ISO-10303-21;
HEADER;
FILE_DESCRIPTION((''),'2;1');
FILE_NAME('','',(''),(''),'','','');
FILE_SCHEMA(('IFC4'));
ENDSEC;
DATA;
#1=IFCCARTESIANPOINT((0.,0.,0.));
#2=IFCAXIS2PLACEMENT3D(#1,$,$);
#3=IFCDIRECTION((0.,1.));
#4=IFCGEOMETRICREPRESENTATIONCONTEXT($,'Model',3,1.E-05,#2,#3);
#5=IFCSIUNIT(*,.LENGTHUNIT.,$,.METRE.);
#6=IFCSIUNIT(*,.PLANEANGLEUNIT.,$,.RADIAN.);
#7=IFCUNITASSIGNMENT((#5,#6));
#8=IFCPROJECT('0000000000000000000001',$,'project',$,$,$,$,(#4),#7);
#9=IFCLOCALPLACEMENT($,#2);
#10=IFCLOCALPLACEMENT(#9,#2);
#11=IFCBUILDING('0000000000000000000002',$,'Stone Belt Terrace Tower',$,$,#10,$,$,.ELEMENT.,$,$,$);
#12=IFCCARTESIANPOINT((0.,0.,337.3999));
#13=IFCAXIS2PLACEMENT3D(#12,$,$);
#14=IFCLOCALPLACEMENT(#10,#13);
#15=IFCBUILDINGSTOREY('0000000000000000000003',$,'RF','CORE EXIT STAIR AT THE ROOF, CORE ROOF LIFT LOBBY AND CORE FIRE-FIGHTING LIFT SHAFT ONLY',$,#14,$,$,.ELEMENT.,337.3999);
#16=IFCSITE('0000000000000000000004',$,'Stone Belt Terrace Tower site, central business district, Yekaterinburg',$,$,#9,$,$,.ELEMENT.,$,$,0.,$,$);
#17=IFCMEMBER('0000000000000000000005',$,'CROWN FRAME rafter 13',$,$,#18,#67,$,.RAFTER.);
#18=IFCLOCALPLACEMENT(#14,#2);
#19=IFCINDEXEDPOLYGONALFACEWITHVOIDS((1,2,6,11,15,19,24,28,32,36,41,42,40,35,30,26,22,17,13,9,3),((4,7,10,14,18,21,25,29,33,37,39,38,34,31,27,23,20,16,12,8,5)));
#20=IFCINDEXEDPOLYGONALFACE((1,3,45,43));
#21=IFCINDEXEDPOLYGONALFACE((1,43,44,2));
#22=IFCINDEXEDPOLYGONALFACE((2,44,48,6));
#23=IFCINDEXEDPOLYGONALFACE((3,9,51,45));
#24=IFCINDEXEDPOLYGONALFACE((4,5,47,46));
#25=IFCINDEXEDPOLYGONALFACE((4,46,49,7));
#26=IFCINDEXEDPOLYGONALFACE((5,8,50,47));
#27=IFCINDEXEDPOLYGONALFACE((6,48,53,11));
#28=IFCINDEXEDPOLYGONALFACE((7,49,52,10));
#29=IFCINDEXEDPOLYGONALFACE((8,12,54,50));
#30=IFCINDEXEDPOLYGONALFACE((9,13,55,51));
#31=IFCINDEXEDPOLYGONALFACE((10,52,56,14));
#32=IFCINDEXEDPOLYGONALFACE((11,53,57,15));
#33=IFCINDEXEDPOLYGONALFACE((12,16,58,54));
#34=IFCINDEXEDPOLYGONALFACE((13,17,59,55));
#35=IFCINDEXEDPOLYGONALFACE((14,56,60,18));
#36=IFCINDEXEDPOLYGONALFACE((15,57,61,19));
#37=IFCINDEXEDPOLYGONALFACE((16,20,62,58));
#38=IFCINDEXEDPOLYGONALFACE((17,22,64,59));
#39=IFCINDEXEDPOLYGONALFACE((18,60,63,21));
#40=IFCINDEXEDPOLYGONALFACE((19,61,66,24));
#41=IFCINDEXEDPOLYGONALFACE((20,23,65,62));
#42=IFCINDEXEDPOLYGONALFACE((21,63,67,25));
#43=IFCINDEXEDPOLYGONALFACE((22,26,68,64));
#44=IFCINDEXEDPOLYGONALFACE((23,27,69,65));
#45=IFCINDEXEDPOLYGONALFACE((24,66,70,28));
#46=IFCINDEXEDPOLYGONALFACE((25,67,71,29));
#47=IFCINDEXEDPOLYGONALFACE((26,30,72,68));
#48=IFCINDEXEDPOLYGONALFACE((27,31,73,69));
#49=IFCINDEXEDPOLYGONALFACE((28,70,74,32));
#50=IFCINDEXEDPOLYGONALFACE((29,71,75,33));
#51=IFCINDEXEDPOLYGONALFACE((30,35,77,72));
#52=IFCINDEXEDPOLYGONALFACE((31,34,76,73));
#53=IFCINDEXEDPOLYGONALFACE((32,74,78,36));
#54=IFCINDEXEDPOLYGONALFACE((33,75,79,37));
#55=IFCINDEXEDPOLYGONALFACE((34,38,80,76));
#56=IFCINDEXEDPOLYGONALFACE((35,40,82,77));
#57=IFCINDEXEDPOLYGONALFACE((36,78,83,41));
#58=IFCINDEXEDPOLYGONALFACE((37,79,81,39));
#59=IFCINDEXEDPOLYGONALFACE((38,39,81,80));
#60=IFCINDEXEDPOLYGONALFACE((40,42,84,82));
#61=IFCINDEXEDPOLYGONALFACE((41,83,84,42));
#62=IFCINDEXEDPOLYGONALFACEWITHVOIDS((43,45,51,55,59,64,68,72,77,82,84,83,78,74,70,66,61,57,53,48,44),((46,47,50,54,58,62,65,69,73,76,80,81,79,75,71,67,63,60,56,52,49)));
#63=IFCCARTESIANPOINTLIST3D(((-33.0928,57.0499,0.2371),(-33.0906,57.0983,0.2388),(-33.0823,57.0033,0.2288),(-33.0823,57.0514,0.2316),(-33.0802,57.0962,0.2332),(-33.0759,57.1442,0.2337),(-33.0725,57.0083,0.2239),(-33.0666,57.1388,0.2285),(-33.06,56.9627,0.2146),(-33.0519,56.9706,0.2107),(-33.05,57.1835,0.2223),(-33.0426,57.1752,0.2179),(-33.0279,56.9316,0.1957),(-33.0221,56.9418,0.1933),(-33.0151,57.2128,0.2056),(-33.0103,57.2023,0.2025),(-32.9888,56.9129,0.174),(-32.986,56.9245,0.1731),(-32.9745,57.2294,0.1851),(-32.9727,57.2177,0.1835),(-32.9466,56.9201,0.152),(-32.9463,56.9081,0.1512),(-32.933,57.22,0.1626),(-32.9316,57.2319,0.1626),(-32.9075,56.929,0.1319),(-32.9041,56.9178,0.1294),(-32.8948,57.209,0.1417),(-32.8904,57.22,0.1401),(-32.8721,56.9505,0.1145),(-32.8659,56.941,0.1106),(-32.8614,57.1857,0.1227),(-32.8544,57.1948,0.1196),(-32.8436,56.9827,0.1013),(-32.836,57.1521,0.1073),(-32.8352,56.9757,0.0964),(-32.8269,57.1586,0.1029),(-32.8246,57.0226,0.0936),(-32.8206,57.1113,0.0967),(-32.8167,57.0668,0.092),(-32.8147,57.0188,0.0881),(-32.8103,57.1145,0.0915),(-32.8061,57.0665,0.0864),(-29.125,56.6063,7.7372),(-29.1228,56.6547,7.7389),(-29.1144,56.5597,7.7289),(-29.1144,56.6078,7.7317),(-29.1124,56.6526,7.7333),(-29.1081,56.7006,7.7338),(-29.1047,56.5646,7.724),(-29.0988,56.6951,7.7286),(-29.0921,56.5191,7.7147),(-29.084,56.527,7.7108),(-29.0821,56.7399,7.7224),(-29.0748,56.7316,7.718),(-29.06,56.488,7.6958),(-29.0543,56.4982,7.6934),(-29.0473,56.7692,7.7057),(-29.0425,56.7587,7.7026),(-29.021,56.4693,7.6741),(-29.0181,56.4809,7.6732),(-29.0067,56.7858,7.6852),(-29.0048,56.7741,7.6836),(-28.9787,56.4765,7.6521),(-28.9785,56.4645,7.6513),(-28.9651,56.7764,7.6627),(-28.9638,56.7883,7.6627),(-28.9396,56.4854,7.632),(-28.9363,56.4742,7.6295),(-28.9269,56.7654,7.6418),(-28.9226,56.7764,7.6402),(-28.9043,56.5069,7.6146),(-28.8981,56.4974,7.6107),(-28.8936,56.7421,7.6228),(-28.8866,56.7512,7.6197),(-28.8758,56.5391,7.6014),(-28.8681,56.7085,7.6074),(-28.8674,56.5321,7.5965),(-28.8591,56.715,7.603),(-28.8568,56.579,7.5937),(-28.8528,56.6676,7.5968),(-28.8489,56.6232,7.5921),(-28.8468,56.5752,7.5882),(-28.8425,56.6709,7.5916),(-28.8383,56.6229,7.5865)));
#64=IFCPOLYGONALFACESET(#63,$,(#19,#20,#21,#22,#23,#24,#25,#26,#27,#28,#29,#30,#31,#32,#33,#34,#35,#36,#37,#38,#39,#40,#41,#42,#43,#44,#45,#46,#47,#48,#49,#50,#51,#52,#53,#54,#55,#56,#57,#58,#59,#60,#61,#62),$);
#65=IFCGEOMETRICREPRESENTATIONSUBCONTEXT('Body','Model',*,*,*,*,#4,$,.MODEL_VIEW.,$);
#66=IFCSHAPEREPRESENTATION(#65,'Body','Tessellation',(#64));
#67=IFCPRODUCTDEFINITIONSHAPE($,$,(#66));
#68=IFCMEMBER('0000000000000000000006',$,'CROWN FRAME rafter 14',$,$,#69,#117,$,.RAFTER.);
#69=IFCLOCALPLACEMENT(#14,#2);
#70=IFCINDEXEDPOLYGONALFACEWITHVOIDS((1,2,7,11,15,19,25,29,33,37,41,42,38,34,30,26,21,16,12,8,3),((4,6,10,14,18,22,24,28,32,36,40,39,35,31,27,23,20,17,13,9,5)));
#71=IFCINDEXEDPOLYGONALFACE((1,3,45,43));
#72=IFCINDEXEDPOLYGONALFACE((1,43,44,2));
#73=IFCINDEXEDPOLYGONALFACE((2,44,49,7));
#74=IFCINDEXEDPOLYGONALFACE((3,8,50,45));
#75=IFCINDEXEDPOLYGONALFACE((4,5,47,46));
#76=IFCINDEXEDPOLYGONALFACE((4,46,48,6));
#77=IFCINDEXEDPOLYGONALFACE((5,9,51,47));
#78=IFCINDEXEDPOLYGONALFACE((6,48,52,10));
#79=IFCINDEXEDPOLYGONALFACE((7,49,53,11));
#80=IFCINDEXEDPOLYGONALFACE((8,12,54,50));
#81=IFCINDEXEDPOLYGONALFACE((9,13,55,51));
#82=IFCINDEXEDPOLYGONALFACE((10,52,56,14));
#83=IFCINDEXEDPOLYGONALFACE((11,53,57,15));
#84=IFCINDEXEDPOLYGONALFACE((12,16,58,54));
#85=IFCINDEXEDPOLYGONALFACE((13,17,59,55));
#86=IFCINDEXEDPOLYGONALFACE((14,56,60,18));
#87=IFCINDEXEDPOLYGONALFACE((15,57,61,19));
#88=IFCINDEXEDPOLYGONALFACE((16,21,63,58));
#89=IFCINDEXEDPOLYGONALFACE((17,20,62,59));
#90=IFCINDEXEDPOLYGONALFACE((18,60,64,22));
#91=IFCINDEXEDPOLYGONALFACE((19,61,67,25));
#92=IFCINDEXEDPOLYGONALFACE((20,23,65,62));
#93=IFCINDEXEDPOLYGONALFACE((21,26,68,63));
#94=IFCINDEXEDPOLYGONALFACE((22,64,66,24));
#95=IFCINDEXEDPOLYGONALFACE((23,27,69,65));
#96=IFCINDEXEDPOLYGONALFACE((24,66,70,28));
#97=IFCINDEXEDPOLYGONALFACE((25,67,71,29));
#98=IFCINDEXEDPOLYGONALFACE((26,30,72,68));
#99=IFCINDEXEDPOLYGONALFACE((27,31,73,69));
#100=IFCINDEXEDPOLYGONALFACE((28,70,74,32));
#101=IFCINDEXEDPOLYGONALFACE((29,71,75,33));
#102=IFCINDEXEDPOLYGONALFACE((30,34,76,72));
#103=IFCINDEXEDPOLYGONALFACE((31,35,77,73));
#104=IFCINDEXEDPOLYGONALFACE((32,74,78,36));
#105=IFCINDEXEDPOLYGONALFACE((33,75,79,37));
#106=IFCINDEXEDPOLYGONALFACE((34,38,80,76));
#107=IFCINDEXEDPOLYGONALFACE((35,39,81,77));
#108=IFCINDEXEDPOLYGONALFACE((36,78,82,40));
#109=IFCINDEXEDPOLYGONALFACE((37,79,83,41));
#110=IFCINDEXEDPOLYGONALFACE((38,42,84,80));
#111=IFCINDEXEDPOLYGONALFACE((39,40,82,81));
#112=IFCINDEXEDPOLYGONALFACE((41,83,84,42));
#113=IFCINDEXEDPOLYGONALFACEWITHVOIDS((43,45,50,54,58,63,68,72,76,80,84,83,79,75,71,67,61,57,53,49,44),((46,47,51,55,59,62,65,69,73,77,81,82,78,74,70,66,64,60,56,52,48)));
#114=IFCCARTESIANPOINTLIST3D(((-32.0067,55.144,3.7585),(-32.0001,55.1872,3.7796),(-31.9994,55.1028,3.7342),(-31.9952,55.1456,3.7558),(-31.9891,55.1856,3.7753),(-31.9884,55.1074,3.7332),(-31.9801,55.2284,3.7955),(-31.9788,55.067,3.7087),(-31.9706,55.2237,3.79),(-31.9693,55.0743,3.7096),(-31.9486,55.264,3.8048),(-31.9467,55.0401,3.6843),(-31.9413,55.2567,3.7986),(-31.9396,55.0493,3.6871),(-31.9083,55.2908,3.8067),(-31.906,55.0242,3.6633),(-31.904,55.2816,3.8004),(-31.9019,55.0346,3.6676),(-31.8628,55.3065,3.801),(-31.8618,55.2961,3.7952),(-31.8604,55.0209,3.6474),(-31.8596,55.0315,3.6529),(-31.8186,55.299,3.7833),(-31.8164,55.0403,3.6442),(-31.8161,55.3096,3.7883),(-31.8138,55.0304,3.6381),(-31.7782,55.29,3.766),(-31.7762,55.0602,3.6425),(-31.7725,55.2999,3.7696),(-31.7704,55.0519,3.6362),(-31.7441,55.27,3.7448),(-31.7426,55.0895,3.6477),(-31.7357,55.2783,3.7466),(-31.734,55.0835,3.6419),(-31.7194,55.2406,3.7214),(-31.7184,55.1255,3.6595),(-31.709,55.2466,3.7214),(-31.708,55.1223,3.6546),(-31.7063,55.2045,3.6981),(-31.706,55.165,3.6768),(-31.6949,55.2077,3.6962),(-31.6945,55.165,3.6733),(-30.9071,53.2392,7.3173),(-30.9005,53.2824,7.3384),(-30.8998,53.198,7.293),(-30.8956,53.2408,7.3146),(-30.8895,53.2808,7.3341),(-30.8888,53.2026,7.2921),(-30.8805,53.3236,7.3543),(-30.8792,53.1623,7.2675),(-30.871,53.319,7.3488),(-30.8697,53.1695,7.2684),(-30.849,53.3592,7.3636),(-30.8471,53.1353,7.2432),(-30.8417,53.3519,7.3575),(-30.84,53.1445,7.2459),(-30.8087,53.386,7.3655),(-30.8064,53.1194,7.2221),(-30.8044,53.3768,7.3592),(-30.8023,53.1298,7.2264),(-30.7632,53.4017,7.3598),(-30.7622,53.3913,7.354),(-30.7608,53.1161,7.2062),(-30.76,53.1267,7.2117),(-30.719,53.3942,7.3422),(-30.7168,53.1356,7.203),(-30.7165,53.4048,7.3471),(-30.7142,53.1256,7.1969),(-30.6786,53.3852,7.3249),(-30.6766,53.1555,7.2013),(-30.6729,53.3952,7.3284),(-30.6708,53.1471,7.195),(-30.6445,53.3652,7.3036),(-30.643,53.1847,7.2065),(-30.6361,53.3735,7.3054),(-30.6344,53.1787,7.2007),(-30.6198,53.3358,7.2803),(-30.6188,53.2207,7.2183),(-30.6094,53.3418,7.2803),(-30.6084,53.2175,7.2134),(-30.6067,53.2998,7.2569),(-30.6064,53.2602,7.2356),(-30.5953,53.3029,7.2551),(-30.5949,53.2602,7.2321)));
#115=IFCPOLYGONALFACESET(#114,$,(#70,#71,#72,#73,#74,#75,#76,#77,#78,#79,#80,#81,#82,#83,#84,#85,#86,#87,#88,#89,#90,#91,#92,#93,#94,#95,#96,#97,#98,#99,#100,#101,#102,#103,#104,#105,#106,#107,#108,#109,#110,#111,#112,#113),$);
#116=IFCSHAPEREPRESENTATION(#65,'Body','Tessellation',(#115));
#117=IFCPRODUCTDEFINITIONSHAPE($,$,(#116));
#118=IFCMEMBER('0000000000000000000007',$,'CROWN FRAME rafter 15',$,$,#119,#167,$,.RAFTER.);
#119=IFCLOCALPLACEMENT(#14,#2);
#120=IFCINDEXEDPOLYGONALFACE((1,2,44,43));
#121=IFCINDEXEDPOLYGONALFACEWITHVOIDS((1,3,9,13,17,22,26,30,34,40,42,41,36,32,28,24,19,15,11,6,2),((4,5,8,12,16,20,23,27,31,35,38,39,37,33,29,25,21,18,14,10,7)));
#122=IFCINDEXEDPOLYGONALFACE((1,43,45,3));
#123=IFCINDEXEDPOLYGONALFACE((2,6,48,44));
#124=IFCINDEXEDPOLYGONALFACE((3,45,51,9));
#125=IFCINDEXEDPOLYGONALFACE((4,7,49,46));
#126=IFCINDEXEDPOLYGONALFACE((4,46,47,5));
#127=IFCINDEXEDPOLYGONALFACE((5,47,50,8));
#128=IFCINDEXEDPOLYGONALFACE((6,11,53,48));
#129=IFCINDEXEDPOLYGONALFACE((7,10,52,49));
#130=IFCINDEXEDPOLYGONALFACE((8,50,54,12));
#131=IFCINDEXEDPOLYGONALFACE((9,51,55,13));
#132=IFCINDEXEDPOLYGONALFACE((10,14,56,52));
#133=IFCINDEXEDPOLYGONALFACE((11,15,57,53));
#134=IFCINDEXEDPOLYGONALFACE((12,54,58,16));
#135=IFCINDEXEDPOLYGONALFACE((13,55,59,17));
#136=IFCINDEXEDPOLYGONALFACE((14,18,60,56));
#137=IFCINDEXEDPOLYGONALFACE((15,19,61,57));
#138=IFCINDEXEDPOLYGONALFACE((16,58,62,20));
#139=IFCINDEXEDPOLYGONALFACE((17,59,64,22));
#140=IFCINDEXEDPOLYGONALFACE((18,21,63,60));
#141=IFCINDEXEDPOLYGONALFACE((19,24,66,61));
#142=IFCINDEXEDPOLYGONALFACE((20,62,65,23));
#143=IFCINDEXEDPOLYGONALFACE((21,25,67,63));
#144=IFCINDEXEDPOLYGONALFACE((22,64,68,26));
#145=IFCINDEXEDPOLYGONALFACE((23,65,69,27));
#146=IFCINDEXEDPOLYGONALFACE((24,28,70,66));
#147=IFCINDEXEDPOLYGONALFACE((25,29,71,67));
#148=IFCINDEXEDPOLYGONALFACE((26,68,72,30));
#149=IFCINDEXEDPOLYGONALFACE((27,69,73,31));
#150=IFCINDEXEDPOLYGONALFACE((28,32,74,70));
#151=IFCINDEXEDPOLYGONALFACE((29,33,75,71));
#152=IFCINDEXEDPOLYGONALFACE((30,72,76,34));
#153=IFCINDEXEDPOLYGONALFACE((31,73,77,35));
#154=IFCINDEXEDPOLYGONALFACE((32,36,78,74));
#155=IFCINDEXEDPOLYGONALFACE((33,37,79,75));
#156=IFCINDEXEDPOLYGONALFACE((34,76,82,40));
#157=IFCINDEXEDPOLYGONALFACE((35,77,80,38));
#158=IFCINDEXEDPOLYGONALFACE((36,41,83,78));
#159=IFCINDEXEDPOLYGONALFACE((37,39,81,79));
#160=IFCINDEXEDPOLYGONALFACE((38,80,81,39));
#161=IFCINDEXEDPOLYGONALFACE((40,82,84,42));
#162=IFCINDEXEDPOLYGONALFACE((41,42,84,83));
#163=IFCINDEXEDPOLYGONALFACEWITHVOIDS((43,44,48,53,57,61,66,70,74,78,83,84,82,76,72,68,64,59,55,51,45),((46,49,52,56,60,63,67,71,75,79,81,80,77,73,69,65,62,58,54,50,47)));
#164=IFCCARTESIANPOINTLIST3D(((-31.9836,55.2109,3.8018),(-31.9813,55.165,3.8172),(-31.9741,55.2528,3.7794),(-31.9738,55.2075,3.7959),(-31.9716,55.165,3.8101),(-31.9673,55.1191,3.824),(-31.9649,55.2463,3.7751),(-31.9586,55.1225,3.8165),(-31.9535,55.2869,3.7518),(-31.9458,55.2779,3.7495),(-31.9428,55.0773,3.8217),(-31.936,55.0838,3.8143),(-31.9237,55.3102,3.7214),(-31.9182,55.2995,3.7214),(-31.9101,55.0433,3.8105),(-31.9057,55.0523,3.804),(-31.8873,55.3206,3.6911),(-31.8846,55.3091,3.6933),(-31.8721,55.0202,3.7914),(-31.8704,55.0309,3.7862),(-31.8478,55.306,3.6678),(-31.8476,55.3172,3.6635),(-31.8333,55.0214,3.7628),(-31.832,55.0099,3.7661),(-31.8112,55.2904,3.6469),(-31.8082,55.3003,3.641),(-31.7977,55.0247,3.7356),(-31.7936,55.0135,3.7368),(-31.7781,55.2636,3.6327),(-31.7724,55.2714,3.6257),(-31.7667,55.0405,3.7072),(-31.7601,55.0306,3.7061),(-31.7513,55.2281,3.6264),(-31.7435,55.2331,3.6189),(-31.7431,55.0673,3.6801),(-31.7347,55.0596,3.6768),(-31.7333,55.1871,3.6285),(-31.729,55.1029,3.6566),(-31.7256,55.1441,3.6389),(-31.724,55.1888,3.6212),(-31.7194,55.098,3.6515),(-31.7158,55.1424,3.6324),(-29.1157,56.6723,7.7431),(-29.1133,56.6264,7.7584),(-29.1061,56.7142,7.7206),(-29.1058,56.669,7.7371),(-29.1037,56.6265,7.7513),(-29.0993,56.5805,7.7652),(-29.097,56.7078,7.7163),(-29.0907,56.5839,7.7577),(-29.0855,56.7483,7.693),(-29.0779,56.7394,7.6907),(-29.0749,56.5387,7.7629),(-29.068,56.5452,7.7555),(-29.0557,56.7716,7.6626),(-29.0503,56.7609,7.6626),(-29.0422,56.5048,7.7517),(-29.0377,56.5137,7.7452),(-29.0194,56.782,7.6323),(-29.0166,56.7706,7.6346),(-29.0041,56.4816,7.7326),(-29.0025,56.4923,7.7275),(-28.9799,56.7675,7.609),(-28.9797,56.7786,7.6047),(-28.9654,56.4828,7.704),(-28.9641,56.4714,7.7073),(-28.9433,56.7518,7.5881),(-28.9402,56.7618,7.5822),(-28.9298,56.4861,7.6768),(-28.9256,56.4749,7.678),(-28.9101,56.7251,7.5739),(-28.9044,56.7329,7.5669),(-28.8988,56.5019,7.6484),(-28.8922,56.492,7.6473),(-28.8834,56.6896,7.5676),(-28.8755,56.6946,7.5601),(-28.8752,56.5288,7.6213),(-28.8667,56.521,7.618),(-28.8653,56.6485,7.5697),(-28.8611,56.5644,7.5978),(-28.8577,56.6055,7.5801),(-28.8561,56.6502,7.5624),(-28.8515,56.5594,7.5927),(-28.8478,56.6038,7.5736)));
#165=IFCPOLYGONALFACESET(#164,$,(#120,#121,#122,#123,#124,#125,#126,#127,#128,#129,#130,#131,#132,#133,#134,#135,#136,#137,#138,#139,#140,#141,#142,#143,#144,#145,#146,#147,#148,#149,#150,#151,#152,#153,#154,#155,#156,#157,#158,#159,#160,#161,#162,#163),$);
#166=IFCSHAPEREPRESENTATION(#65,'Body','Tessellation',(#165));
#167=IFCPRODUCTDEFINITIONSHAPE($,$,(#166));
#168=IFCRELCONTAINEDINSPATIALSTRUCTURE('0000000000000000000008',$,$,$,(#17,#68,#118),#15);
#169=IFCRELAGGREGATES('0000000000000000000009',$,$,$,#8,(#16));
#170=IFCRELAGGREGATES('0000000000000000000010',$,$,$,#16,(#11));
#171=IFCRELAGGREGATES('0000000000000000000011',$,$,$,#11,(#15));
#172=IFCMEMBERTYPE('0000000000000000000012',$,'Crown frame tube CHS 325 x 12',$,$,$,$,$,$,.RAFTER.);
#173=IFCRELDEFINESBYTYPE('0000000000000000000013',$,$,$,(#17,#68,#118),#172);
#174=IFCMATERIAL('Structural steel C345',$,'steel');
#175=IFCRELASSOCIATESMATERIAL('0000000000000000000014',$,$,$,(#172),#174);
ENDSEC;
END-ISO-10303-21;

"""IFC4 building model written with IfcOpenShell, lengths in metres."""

from ifc_helpers import new_model, si_unit, direction, frame, origin, origin_2d, place, context, subcontext, project, spatial, hollow_circle, extrude, material, material_profile, profile_set, type_object, element, save


model = new_model("IFC4")

# Units and contexts
model_context = context("Model", 3, precision=1e-05, world=origin(), true_north=direction((0.0, 1.0)))
body_context = subcontext(model_context, "Body", "Model", "MODEL_VIEW")
ifc_project = project(units=[si_unit("LENGTHUNIT", "METRE"), si_unit("PLANEANGLEUNIT", "RADIAN")], contexts=[model_context])

# Site, building, storey
site_placement = place(None, origin())
site = spatial("IfcSite", under=ifc_project, at=site_placement, Name="Stone Belt Terrace Tower site, central business district, Yekaterinburg", CompositionType="ELEMENT", RefElevation=0.0)
building_placement = place(site_placement, origin())
building = spatial("IfcBuilding", under=site, at=building_placement, Name="Stone Belt Terrace Tower", CompositionType="ELEMENT")
storey_placement = place(building_placement, frame((0.0, 0.0, 337.3999)))
storey = spatial("IfcBuildingStorey", under=building, at=storey_placement, Name="RF", Description="CORE EXIT STAIR AT THE ROOF, CORE ROOF LIFT LOBBY AND CORE FIRE-FIGHTING LIFT SHAFT ONLY", CompositionType="ELEMENT", Elevation=337.3999)

# Members
ifc_material_1 = material(Name="Structural steel C345", Category="steel")
ifc_material_profile_1 = material_profile(ifc_material_1, hollow_circle(Radius=0.1626, WallThickness=0.012, at=origin_2d()), Name="Structural steel C345 CHS 325x12")
ifc_profile_set_1 = profile_set([ifc_material_profile_1], Name="Structural steel C345")
member_type_1 = type_object("IfcMemberType", Name="Crown frame tube CHS 325 x 12", PredefinedType="RAFTER", material=ifc_profile_set_1)
member_1_placement = place(storey_placement, frame((-32.9497, 57.0703, 0.1626), z_axis=(0.466991, -0.05221, 0.882719), x_axis=(0.111109, 0.993808, 0.0)))
element("IfcMember", 1, at=member_1_placement, inside=storey, type_object=member_type_1, Name="CROWN FRAME rafter 13", PredefinedType="RAFTER", context=body_context, shape_type="SweptSolid", body=[
    extrude(hollow_circle(Radius=0.1626, WallThickness=0.012, at=origin_2d()), origin(), (0.0, 0.0, 1.0), 8.4966),
])
member_2_placement = place(storey_placement, frame((-31.8499, 55.1653, 3.7214), z_axis=(0.262837, -0.455296, 0.85066), x_axis=(0.866049, 0.499959, 0.0)))
element("IfcMember", 2, at=member_2_placement, inside=storey, type_object=member_type_1, Name="CROWN FRAME rafter 14", PredefinedType="RAFTER", context=body_context, shape_type="SweptSolid", body=[
    extrude(hollow_circle(Radius=0.1626, WallThickness=0.012, at=origin_2d()), origin(), (0.0, 0.0, 1.0), 4.1836),
])
member_3_placement = place(storey_placement, frame((-31.8499, 55.1653, 3.7214), z_axis=(0.563601, 0.287198, 0.774514), x_axis=(-0.454027, 0.890988, 0.0)))
element("IfcMember", 3, at=member_3_placement, inside=storey, type_object=member_type_1, Name="CROWN FRAME rafter 15", PredefinedType="RAFTER", context=body_context, shape_type="SweptSolid", body=[
    extrude(hollow_circle(Radius=0.1626, WallThickness=0.012, at=origin_2d()), origin(), (0.0, 0.0, 1.0), 5.0886),
])

save(model, "model.ifc")
